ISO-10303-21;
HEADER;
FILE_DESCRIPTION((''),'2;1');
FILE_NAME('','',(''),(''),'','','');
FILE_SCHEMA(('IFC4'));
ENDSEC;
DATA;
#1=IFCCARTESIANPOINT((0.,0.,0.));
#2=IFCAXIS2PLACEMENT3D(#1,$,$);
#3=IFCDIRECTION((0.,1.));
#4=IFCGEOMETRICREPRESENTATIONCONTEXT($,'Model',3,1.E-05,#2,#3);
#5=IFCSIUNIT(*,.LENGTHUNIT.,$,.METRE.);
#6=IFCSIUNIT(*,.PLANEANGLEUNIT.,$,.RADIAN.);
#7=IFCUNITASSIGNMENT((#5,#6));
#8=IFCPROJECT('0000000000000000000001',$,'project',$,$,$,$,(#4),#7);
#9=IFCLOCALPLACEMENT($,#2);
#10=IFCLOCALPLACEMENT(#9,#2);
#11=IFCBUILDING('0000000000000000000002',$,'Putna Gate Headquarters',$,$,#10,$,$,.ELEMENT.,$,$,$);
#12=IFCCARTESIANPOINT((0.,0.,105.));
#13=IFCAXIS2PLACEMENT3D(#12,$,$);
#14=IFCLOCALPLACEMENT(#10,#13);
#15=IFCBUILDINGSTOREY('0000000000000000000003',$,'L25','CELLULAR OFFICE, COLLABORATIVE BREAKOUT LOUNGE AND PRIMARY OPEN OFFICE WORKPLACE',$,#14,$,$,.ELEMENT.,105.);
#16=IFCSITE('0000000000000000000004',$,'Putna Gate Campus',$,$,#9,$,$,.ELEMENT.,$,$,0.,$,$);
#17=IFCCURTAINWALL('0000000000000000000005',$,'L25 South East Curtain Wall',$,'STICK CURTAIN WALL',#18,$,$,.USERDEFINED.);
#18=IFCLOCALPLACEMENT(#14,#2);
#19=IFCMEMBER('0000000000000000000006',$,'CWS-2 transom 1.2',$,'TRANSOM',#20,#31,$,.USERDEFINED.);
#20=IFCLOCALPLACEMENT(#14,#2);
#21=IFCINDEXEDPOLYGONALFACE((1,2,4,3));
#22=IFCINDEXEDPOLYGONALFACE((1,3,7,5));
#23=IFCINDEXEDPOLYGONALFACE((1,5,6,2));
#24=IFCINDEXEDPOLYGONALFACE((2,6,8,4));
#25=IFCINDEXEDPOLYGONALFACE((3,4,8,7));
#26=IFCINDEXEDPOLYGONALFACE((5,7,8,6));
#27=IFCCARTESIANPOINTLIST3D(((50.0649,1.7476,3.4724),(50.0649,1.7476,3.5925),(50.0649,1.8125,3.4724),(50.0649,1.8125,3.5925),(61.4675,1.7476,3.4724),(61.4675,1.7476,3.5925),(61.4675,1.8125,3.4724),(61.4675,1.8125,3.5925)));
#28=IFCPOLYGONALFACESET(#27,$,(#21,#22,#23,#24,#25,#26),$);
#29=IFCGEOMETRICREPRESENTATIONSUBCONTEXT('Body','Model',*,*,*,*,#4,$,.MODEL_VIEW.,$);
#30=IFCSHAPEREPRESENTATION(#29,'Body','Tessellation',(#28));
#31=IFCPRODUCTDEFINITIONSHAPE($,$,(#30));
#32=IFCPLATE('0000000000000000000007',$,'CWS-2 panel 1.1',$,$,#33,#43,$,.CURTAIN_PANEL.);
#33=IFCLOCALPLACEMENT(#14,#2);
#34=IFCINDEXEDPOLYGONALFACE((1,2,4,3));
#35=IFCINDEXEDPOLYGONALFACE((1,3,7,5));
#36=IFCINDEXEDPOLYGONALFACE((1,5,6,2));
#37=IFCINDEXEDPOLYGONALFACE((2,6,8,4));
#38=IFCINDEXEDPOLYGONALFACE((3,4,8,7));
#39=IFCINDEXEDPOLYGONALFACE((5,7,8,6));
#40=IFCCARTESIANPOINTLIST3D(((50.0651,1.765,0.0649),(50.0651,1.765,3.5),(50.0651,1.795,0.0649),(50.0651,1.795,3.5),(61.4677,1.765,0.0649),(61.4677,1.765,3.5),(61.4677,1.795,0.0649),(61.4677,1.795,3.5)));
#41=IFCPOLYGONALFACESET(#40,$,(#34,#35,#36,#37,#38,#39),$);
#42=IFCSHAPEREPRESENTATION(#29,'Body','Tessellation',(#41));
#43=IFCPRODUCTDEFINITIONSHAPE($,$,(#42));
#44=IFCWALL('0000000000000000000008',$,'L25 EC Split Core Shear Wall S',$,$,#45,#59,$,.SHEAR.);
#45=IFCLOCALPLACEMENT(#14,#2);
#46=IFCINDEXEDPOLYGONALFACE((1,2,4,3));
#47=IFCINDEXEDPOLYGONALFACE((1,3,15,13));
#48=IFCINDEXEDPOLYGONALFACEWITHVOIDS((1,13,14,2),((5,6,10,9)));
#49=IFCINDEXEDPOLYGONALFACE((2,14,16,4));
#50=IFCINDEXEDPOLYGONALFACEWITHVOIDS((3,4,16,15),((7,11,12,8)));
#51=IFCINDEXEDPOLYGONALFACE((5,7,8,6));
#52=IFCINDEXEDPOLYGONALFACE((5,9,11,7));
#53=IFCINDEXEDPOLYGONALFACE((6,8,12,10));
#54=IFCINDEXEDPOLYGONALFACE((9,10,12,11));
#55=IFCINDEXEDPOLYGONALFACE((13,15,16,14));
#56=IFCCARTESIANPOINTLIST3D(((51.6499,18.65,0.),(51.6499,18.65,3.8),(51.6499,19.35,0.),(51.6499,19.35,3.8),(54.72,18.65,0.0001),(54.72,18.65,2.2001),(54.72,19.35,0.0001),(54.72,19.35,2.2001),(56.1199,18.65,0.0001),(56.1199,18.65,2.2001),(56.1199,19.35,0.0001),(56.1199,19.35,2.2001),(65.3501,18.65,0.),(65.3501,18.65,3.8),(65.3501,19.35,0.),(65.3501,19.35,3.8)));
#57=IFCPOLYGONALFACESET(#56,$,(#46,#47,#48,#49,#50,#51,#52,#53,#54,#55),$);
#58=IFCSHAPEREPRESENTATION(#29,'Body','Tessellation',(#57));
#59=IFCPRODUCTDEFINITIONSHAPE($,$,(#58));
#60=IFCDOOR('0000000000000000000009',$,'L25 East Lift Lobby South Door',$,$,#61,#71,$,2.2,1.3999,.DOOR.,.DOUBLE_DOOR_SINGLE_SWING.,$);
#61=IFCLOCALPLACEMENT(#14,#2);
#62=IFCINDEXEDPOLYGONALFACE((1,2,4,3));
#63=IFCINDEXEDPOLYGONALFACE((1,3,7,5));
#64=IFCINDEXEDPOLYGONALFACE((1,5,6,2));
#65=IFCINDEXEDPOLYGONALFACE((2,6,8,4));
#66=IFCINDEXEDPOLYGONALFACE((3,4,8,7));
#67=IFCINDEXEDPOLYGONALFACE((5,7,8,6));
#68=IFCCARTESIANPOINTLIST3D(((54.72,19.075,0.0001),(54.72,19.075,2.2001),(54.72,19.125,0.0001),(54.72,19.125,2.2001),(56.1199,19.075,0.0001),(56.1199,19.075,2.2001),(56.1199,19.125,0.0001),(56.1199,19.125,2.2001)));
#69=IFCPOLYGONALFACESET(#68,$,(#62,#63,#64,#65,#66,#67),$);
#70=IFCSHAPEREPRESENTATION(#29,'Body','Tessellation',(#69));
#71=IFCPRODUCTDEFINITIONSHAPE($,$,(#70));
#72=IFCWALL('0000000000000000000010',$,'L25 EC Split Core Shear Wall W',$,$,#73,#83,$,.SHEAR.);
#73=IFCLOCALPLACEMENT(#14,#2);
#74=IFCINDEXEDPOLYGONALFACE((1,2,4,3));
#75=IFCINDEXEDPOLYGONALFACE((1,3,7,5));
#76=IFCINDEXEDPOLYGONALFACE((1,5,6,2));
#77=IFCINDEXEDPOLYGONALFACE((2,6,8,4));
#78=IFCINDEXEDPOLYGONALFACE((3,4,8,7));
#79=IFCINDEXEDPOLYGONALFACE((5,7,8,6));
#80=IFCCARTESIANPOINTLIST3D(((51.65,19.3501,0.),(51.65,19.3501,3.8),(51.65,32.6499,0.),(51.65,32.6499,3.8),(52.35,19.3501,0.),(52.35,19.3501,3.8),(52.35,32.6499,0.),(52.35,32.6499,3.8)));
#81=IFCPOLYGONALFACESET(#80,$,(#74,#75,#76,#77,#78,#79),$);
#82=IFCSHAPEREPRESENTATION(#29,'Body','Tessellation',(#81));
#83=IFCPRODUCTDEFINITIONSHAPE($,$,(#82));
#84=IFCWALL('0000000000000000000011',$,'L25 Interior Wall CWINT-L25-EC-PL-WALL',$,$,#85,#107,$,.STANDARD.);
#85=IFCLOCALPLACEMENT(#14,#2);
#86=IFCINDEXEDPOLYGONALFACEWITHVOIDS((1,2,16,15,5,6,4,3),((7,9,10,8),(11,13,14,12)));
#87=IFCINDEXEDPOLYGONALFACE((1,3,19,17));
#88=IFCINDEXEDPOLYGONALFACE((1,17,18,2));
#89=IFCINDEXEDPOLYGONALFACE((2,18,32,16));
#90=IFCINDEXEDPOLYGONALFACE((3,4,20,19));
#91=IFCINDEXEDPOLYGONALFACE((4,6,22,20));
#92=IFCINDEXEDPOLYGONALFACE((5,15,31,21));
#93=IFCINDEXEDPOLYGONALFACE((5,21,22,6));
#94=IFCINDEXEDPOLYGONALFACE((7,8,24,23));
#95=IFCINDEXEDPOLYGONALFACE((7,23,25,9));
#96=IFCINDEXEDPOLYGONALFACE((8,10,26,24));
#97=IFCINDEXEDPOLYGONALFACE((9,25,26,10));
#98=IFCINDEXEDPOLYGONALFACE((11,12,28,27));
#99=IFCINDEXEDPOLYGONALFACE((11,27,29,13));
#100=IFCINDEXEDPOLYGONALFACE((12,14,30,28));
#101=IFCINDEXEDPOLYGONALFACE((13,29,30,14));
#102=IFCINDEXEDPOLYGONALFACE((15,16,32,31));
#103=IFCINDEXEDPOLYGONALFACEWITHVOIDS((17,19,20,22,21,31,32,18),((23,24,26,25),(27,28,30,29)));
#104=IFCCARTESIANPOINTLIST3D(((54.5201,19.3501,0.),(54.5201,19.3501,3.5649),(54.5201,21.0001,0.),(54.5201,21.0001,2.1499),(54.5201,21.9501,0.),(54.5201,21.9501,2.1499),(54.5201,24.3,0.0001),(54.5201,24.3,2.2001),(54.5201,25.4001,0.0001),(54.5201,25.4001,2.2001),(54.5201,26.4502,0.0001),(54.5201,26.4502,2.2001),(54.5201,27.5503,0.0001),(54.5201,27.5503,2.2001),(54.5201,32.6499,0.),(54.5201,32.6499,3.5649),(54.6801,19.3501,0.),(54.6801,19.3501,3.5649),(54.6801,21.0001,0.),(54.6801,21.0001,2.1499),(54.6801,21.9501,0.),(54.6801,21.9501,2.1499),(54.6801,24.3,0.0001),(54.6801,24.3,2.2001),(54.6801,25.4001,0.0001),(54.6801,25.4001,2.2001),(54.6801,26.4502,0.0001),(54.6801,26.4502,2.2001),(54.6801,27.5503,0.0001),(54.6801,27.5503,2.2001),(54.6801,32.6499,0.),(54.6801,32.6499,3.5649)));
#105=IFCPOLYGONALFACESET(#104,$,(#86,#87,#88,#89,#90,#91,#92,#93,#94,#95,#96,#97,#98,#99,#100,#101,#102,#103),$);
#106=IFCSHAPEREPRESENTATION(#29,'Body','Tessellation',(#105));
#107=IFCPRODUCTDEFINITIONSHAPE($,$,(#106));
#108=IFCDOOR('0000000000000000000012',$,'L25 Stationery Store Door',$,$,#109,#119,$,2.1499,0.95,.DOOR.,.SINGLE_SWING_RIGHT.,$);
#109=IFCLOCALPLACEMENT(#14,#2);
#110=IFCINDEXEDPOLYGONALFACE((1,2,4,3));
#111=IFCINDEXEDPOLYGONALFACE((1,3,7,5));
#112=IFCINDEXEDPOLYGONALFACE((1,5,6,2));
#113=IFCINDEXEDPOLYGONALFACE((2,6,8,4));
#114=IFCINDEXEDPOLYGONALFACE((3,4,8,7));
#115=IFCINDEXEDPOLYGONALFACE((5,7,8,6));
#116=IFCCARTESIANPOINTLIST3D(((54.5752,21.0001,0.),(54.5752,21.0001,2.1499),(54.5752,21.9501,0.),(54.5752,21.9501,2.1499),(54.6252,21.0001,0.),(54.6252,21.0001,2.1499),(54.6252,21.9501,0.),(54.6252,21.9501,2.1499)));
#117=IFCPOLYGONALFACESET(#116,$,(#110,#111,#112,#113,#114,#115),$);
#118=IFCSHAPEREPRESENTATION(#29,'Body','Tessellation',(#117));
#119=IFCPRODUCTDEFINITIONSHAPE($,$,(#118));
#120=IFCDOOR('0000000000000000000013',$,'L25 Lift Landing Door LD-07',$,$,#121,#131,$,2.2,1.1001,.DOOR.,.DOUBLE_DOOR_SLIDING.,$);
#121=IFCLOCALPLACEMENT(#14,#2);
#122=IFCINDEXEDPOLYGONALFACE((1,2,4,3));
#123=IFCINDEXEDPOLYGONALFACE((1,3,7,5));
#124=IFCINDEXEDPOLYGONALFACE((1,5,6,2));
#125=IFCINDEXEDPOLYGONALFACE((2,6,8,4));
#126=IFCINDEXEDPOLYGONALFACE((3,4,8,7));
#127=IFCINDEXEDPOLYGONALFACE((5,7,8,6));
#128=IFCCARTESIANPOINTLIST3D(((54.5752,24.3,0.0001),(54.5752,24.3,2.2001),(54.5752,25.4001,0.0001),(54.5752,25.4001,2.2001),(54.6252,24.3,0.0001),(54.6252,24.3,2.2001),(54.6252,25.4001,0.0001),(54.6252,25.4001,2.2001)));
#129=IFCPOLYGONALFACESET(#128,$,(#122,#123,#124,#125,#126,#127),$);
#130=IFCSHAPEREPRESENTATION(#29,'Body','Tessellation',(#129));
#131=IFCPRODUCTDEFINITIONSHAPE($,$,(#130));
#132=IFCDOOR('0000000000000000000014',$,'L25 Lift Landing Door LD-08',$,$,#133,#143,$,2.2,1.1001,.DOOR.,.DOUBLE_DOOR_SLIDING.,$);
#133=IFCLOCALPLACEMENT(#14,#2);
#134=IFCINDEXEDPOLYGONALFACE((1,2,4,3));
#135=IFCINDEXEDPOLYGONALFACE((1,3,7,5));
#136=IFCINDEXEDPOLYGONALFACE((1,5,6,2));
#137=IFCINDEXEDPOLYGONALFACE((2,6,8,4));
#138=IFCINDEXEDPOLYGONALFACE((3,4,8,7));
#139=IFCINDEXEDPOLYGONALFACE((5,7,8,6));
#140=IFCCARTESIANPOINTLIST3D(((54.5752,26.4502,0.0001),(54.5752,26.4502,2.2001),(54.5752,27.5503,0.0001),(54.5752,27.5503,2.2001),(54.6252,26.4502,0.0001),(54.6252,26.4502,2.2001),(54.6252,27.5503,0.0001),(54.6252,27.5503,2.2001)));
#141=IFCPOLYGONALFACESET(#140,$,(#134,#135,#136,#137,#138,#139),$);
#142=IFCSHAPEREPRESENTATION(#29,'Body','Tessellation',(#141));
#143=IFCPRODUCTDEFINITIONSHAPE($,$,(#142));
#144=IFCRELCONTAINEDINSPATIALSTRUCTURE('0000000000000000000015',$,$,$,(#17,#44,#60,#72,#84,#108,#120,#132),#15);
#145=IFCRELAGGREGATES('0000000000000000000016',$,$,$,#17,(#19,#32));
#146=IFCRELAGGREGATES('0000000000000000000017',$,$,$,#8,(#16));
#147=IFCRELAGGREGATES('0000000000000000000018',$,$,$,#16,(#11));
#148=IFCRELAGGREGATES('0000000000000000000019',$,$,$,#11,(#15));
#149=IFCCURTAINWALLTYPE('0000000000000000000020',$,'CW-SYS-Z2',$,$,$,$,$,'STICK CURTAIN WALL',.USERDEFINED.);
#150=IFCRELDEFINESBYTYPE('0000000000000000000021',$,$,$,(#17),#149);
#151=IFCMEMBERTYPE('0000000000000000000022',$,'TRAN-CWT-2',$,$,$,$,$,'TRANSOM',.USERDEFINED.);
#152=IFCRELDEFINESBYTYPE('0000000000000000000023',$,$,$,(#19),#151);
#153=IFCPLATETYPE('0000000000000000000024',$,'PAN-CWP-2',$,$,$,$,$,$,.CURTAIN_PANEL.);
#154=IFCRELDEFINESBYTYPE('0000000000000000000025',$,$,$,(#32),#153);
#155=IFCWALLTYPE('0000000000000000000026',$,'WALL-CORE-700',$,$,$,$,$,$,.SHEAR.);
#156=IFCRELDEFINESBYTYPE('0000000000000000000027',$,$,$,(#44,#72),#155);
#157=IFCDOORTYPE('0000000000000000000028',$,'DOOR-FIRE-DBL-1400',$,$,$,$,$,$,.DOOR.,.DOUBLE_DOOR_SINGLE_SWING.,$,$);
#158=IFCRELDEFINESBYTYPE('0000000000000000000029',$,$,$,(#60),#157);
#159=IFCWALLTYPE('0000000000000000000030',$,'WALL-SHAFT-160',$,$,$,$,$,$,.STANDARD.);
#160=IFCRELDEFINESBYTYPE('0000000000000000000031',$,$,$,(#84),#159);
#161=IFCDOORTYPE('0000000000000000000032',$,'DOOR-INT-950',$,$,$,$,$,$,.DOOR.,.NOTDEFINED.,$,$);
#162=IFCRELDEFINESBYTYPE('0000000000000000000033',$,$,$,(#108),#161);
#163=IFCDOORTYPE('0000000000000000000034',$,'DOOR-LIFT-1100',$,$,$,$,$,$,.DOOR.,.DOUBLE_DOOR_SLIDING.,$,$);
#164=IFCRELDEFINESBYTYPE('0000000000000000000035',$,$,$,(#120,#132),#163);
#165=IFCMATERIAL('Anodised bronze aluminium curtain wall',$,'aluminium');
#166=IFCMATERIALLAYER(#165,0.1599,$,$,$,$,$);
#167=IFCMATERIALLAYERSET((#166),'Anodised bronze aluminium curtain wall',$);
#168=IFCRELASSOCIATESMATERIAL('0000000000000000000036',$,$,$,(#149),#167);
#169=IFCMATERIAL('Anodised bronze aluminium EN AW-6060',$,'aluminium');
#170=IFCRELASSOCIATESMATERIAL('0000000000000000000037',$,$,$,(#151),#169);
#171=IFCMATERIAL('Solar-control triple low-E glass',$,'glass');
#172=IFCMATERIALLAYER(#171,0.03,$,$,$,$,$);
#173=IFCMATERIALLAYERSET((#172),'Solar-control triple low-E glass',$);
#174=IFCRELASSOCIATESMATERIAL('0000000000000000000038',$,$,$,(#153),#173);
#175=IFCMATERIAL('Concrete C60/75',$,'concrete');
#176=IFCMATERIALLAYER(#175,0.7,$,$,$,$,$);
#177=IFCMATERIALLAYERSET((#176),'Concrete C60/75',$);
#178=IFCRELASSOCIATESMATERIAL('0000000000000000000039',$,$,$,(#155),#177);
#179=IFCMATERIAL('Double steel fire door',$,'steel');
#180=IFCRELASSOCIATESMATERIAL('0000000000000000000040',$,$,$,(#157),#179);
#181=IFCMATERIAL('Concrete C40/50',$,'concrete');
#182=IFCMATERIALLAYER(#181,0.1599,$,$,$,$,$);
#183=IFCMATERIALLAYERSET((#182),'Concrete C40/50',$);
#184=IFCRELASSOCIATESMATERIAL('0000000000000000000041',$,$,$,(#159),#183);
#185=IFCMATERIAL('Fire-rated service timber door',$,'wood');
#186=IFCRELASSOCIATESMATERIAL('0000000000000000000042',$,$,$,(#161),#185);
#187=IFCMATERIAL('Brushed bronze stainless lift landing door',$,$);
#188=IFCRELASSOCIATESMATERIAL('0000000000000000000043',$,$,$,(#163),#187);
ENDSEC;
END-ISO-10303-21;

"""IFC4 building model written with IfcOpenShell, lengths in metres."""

from ifc_helpers import new_model, si_unit, direction, frame, frame_2d, origin, origin_2d, place, context, subcontext, project, spatial, rectangle, extrude, material, layer, layer_set, material_profile, profile_set, type_object, element, fill, aggregate, save


model = new_model("IFC4")

# Units and contexts
model_context = context("Model", 3, precision=1e-05, world=origin(), true_north=direction((0.0, 1.0)))
body_context = subcontext(model_context, "Body", "Model", "MODEL_VIEW")
ifc_project = project(units=[si_unit("LENGTHUNIT", "METRE"), si_unit("PLANEANGLEUNIT", "RADIAN")], contexts=[model_context])

# Site, building, storey
site_placement = place(None, origin())
site = spatial("IfcSite", under=ifc_project, at=site_placement, Name="Putna Gate Campus", CompositionType="ELEMENT", RefElevation=0.0)
building_placement = place(site_placement, origin())
building = spatial("IfcBuilding", under=site, at=building_placement, Name="Putna Gate Headquarters", CompositionType="ELEMENT")
storey_placement = place(building_placement, frame((0.0, 0.0, 105.0)))
storey = spatial("IfcBuildingStorey", under=building, at=storey_placement, Name="L25", Description="CELLULAR OFFICE, COLLABORATIVE BREAKOUT LOUNGE AND PRIMARY OPEN OFFICE WORKPLACE", CompositionType="ELEMENT", Elevation=105.0)

# Shared definitions
ifc_material_1 = material(Name="Concrete C60/75", Category="concrete")

# Curtain wall
ifc_material_2 = material(Name="Anodised bronze aluminium curtain wall", Category="aluminium")
ifc_layer_1 = layer(ifc_material_2, 0.1599)
ifc_layer_set_1 = layer_set([ifc_layer_1], Name="Anodised bronze aluminium curtain wall")
curtain_wall_type_1 = type_object("IfcCurtainWallType", Name="CW-SYS-Z2", ElementType="STICK CURTAIN WALL", PredefinedType="USERDEFINED", material=ifc_layer_set_1)
curtain_wall_1_placement = place(storey_placement, origin())
curtain_wall_1 = element("IfcCurtainWall", 1, at=curtain_wall_1_placement, inside=storey, type_object=curtain_wall_type_1, Name="L25 South East Curtain Wall", ObjectType="STICK CURTAIN WALL", PredefinedType="USERDEFINED")
ifc_material_3 = material(Name="Anodised bronze aluminium EN AW-6060", Category="aluminium")

# Member
ifc_material_profile_1 = material_profile(ifc_material_3, rectangle(XDim=0.0649, YDim=0.1201, at=origin_2d()), Name="Anodised bronze aluminium EN AW-6060")
ifc_profile_set_1 = profile_set([ifc_material_profile_1], Name="Anodised bronze aluminium EN AW-6060")
member_type_1 = type_object("IfcMemberType", Name="TRAN-CWT-2", ElementType="TRANSOM", PredefinedType="USERDEFINED", material=ifc_profile_set_1)
member_1_placement = place(storey_placement, frame((50.0649, 1.78, 3.5325), z_axis=(1.0, 0.0, 0.0), x_axis=(0.0, 1.0, 0.0)))
member_1 = element("IfcMember", 2, at=member_1_placement, type_object=member_type_1, Name="CWS-2 transom 1.2", ObjectType="TRANSOM", PredefinedType="USERDEFINED", context=body_context, shape_type="SweptSolid", body=[
    extrude(rectangle(XDim=0.0649, YDim=0.1201, at=origin_2d()), origin(), (0.0, 0.0, 1.0), 11.4026),
])

# Plate
ifc_material_4 = material(Name="Solar-control triple low-E glass", Category="glass")
ifc_layer_2 = layer(ifc_material_4, 0.03)
ifc_layer_set_2 = layer_set([ifc_layer_2], Name="Solar-control triple low-E glass")
plate_type = type_object("IfcPlateType", Name="PAN-CWP-2", PredefinedType="CURTAIN_PANEL", material=ifc_layer_set_2)
plate_placement = place(storey_placement, frame((55.7664, 1.78, 0.0649), z_axis=(0.0, 0.0, 1.0), x_axis=(1.0, 0.0, 0.0)))
plate = element("IfcPlate", 3, at=plate_placement, type_object=plate_type, Name="CWS-2 panel 1.1", PredefinedType="CURTAIN_PANEL", context=body_context, shape_type="SweptSolid", body=[
    extrude(rectangle(XDim=11.4026, YDim=0.03, at=origin_2d()), origin(), (0.0, 0.0, 1.0), 3.4351),
])
aggregate(curtain_wall_1, [member_1, plate])

# Wall, opening, door
ifc_layer_3 = layer(ifc_material_1, 0.7)
ifc_layer_set_3 = layer_set([ifc_layer_3], Name="Concrete C60/75")
wall_type_1 = type_object("IfcWallType", Name="WALL-CORE-700", PredefinedType="SHEAR", material=ifc_layer_set_3)
wall_1_placement = place(storey_placement, frame((51.6499, 19.0, 0.0), z_axis=(0.0, 0.0, 1.0), x_axis=(1.0, 0.0, 0.0)))
wall_1 = element("IfcWall", 4, at=wall_1_placement, inside=storey, type_object=wall_type_1, Name="L25 EC Split Core Shear Wall S", PredefinedType="SHEAR", context=body_context, shape_type="SweptSolid", body=[
    extrude(rectangle(XDim=13.7002, YDim=0.7, at=frame_2d((6.8501, 0.0))), origin(), (0.0, 0.0, 1.0), 3.8),
])
opening_1_placement = place(wall_1_placement, frame((3.0701, 0.0, 0.0)))
opening_1 = element("IfcOpeningElement", 5, at=opening_1_placement, cuts=wall_1, PredefinedType="OPENING", context=body_context, shape_type="SweptSolid", body=[
    extrude(rectangle(XDim=1.3999, YDim=2.2, at=frame_2d((0.7, 1.1001))), frame((0.0, 0.3599, 0.0), z_axis=(0.0, -1.0, 0.0), x_axis=(1.0, 0.0, 0.0)), (0.0, 0.0, 1.0), 0.72),
])
ifc_material_5 = material(Name="Double steel fire door", Category="steel")
door_type_1 = type_object("IfcDoorType", Name="DOOR-FIRE-DBL-1400", OperationType="DOUBLE_DOOR_SINGLE_SWING", PredefinedType="DOOR", material=ifc_material_5)
door_1_placement = place(opening_1_placement, origin())
door_1 = element("IfcDoor", 6, at=door_1_placement, inside=storey, type_object=door_type_1, Name="L25 East Lift Lobby South Door", OperationType="DOUBLE_DOOR_SINGLE_SWING", OverallHeight=2.2, OverallWidth=1.3999, PredefinedType="DOOR", context=body_context, shape_type="SweptSolid", body=[
    extrude(rectangle(XDim=1.3999, YDim=2.2, at=frame_2d((0.7, 1.1001))), frame((0.0, 0.125, 0.0), z_axis=(0.0, -1.0, 0.0), x_axis=(1.0, 0.0, 0.0)), (0.0, 0.0, 1.0), 0.05),
])
fill(opening_1, door_1)

# Wall
wall_2_placement = place(storey_placement, frame((52.0, 19.3501, 0.0), z_axis=(0.0, 0.0, 1.0), x_axis=(0.0, 1.0, 0.0)))
element("IfcWall", 7, at=wall_2_placement, inside=storey, type_object=wall_type_1, Name="L25 EC Split Core Shear Wall W", PredefinedType="SHEAR", context=body_context, shape_type="SweptSolid", body=[
    extrude(rectangle(XDim=13.2998, YDim=0.7, at=frame_2d((6.6499, 0.0))), origin(), (0.0, 0.0, 1.0), 3.8),
])

# Wall, openings, doors
ifc_material_6 = material(Name="Concrete C40/50", Category="concrete")
ifc_layer_4 = layer(ifc_material_6, 0.1599)
ifc_layer_set_4 = layer_set([ifc_layer_4], Name="Concrete C40/50")
wall_type_2 = type_object("IfcWallType", Name="WALL-SHAFT-160", PredefinedType="STANDARD", material=ifc_layer_set_4)
wall_3_placement = place(storey_placement, frame((54.6001, 19.3501, 0.0), z_axis=(0.0, 0.0, 1.0), x_axis=(0.0, 1.0, 0.0)))
wall_3 = element("IfcWall", 8, at=wall_3_placement, inside=storey, type_object=wall_type_2, Name="L25 Interior Wall CWINT-L25-EC-PL-WALL", PredefinedType="STANDARD", context=body_context, shape_type="SweptSolid", body=[
    extrude(rectangle(XDim=13.2998, YDim=0.1599, at=frame_2d((6.6499, 0.0))), origin(), (0.0, 0.0, 1.0), 3.5649),
])
opening_2_placement = place(wall_3_placement, frame((1.6499, 0.0, 0.0)))
opening_2 = element("IfcOpeningElement", 9, at=opening_2_placement, cuts=wall_3, PredefinedType="OPENING", context=body_context, shape_type="SweptSolid", body=[
    extrude(rectangle(XDim=0.95, YDim=2.1499, at=frame_2d((0.4751, 1.075))), frame((0.0, 0.0898, 0.0), z_axis=(0.0, -1.0, 0.0), x_axis=(1.0, 0.0, 0.0)), (0.0, 0.0, 1.0), 0.1799),
])
opening_3_placement = place(wall_3_placement, frame((4.95, 0.0, 0.0)))
opening_3 = element("IfcOpeningElement", 10, at=opening_3_placement, cuts=wall_3, PredefinedType="OPENING", context=body_context, shape_type="SweptSolid", body=[
    extrude(rectangle(XDim=1.1001, YDim=2.2, at=frame_2d((0.55, 1.1001))), frame((0.0, 0.0898, 0.0), z_axis=(0.0, -1.0, 0.0), x_axis=(1.0, 0.0, 0.0)), (0.0, 0.0, 1.0), 0.1799),
])
opening_4_placement = place(wall_3_placement, frame((7.1001, 0.0, 0.0)))
opening_4 = element("IfcOpeningElement", 11, at=opening_4_placement, cuts=wall_3, PredefinedType="OPENING", context=body_context, shape_type="SweptSolid", body=[
    extrude(rectangle(XDim=1.1001, YDim=2.2, at=frame_2d((0.55, 1.1001))), frame((0.0, 0.0898, 0.0), z_axis=(0.0, -1.0, 0.0), x_axis=(1.0, 0.0, 0.0)), (0.0, 0.0, 1.0), 0.1799),
])
ifc_material_7 = material(Name="Fire-rated service timber door", Category="wood")
door_type_2 = type_object("IfcDoorType", Name="DOOR-INT-950", OperationType="NOTDEFINED", PredefinedType="DOOR", material=ifc_material_7)
door_2_placement = place(opening_2_placement, origin())
door_2 = element("IfcDoor", 12, at=door_2_placement, inside=storey, type_object=door_type_2, Name="L25 Stationery Store Door", OperationType="SINGLE_SWING_RIGHT", OverallHeight=2.1499, OverallWidth=0.95, PredefinedType="DOOR", context=body_context, shape_type="SweptSolid", body=[
    extrude(rectangle(XDim=0.95, YDim=2.1499, at=frame_2d((0.4751, 1.075))), frame((0.0, 0.0249, 0.0), z_axis=(0.0, -1.0, 0.0), x_axis=(1.0, 0.0, 0.0)), (0.0, 0.0, 1.0), 0.05),
])
fill(opening_2, door_2)
ifc_material_8 = material(Name="Brushed bronze stainless lift landing door")
door_type_3 = type_object("IfcDoorType", Name="DOOR-LIFT-1100", OperationType="DOUBLE_DOOR_SLIDING", PredefinedType="DOOR", material=ifc_material_8)
door_3_placement = place(opening_3_placement, origin())
door_3 = element("IfcDoor", 13, at=door_3_placement, inside=storey, type_object=door_type_3, Name="L25 Lift Landing Door LD-07", OperationType="DOUBLE_DOOR_SLIDING", OverallHeight=2.2, OverallWidth=1.1001, PredefinedType="DOOR", context=body_context, shape_type="SweptSolid", body=[
    extrude(rectangle(XDim=1.1001, YDim=2.2, at=frame_2d((0.55, 1.1001))), frame((0.0, 0.0249, 0.0), z_axis=(0.0, -1.0, 0.0), x_axis=(1.0, 0.0, 0.0)), (0.0, 0.0, 1.0), 0.05),
])
fill(opening_3, door_3)
door_4_placement = place(opening_4_placement, origin())
door_4 = element("IfcDoor", 14, at=door_4_placement, inside=storey, type_object=door_type_3, Name="L25 Lift Landing Door LD-08", OperationType="DOUBLE_DOOR_SLIDING", OverallHeight=2.2, OverallWidth=1.1001, PredefinedType="DOOR", context=body_context, shape_type="SweptSolid", body=[
    extrude(rectangle(XDim=1.1001, YDim=2.2, at=frame_2d((0.55, 1.1001))), frame((0.0, 0.0249, 0.0), z_axis=(0.0, -1.0, 0.0), x_axis=(1.0, 0.0, 0.0)), (0.0, 0.0, 1.0), 0.05),
])
fill(opening_4, door_4)

save(model, "model.ifc")
